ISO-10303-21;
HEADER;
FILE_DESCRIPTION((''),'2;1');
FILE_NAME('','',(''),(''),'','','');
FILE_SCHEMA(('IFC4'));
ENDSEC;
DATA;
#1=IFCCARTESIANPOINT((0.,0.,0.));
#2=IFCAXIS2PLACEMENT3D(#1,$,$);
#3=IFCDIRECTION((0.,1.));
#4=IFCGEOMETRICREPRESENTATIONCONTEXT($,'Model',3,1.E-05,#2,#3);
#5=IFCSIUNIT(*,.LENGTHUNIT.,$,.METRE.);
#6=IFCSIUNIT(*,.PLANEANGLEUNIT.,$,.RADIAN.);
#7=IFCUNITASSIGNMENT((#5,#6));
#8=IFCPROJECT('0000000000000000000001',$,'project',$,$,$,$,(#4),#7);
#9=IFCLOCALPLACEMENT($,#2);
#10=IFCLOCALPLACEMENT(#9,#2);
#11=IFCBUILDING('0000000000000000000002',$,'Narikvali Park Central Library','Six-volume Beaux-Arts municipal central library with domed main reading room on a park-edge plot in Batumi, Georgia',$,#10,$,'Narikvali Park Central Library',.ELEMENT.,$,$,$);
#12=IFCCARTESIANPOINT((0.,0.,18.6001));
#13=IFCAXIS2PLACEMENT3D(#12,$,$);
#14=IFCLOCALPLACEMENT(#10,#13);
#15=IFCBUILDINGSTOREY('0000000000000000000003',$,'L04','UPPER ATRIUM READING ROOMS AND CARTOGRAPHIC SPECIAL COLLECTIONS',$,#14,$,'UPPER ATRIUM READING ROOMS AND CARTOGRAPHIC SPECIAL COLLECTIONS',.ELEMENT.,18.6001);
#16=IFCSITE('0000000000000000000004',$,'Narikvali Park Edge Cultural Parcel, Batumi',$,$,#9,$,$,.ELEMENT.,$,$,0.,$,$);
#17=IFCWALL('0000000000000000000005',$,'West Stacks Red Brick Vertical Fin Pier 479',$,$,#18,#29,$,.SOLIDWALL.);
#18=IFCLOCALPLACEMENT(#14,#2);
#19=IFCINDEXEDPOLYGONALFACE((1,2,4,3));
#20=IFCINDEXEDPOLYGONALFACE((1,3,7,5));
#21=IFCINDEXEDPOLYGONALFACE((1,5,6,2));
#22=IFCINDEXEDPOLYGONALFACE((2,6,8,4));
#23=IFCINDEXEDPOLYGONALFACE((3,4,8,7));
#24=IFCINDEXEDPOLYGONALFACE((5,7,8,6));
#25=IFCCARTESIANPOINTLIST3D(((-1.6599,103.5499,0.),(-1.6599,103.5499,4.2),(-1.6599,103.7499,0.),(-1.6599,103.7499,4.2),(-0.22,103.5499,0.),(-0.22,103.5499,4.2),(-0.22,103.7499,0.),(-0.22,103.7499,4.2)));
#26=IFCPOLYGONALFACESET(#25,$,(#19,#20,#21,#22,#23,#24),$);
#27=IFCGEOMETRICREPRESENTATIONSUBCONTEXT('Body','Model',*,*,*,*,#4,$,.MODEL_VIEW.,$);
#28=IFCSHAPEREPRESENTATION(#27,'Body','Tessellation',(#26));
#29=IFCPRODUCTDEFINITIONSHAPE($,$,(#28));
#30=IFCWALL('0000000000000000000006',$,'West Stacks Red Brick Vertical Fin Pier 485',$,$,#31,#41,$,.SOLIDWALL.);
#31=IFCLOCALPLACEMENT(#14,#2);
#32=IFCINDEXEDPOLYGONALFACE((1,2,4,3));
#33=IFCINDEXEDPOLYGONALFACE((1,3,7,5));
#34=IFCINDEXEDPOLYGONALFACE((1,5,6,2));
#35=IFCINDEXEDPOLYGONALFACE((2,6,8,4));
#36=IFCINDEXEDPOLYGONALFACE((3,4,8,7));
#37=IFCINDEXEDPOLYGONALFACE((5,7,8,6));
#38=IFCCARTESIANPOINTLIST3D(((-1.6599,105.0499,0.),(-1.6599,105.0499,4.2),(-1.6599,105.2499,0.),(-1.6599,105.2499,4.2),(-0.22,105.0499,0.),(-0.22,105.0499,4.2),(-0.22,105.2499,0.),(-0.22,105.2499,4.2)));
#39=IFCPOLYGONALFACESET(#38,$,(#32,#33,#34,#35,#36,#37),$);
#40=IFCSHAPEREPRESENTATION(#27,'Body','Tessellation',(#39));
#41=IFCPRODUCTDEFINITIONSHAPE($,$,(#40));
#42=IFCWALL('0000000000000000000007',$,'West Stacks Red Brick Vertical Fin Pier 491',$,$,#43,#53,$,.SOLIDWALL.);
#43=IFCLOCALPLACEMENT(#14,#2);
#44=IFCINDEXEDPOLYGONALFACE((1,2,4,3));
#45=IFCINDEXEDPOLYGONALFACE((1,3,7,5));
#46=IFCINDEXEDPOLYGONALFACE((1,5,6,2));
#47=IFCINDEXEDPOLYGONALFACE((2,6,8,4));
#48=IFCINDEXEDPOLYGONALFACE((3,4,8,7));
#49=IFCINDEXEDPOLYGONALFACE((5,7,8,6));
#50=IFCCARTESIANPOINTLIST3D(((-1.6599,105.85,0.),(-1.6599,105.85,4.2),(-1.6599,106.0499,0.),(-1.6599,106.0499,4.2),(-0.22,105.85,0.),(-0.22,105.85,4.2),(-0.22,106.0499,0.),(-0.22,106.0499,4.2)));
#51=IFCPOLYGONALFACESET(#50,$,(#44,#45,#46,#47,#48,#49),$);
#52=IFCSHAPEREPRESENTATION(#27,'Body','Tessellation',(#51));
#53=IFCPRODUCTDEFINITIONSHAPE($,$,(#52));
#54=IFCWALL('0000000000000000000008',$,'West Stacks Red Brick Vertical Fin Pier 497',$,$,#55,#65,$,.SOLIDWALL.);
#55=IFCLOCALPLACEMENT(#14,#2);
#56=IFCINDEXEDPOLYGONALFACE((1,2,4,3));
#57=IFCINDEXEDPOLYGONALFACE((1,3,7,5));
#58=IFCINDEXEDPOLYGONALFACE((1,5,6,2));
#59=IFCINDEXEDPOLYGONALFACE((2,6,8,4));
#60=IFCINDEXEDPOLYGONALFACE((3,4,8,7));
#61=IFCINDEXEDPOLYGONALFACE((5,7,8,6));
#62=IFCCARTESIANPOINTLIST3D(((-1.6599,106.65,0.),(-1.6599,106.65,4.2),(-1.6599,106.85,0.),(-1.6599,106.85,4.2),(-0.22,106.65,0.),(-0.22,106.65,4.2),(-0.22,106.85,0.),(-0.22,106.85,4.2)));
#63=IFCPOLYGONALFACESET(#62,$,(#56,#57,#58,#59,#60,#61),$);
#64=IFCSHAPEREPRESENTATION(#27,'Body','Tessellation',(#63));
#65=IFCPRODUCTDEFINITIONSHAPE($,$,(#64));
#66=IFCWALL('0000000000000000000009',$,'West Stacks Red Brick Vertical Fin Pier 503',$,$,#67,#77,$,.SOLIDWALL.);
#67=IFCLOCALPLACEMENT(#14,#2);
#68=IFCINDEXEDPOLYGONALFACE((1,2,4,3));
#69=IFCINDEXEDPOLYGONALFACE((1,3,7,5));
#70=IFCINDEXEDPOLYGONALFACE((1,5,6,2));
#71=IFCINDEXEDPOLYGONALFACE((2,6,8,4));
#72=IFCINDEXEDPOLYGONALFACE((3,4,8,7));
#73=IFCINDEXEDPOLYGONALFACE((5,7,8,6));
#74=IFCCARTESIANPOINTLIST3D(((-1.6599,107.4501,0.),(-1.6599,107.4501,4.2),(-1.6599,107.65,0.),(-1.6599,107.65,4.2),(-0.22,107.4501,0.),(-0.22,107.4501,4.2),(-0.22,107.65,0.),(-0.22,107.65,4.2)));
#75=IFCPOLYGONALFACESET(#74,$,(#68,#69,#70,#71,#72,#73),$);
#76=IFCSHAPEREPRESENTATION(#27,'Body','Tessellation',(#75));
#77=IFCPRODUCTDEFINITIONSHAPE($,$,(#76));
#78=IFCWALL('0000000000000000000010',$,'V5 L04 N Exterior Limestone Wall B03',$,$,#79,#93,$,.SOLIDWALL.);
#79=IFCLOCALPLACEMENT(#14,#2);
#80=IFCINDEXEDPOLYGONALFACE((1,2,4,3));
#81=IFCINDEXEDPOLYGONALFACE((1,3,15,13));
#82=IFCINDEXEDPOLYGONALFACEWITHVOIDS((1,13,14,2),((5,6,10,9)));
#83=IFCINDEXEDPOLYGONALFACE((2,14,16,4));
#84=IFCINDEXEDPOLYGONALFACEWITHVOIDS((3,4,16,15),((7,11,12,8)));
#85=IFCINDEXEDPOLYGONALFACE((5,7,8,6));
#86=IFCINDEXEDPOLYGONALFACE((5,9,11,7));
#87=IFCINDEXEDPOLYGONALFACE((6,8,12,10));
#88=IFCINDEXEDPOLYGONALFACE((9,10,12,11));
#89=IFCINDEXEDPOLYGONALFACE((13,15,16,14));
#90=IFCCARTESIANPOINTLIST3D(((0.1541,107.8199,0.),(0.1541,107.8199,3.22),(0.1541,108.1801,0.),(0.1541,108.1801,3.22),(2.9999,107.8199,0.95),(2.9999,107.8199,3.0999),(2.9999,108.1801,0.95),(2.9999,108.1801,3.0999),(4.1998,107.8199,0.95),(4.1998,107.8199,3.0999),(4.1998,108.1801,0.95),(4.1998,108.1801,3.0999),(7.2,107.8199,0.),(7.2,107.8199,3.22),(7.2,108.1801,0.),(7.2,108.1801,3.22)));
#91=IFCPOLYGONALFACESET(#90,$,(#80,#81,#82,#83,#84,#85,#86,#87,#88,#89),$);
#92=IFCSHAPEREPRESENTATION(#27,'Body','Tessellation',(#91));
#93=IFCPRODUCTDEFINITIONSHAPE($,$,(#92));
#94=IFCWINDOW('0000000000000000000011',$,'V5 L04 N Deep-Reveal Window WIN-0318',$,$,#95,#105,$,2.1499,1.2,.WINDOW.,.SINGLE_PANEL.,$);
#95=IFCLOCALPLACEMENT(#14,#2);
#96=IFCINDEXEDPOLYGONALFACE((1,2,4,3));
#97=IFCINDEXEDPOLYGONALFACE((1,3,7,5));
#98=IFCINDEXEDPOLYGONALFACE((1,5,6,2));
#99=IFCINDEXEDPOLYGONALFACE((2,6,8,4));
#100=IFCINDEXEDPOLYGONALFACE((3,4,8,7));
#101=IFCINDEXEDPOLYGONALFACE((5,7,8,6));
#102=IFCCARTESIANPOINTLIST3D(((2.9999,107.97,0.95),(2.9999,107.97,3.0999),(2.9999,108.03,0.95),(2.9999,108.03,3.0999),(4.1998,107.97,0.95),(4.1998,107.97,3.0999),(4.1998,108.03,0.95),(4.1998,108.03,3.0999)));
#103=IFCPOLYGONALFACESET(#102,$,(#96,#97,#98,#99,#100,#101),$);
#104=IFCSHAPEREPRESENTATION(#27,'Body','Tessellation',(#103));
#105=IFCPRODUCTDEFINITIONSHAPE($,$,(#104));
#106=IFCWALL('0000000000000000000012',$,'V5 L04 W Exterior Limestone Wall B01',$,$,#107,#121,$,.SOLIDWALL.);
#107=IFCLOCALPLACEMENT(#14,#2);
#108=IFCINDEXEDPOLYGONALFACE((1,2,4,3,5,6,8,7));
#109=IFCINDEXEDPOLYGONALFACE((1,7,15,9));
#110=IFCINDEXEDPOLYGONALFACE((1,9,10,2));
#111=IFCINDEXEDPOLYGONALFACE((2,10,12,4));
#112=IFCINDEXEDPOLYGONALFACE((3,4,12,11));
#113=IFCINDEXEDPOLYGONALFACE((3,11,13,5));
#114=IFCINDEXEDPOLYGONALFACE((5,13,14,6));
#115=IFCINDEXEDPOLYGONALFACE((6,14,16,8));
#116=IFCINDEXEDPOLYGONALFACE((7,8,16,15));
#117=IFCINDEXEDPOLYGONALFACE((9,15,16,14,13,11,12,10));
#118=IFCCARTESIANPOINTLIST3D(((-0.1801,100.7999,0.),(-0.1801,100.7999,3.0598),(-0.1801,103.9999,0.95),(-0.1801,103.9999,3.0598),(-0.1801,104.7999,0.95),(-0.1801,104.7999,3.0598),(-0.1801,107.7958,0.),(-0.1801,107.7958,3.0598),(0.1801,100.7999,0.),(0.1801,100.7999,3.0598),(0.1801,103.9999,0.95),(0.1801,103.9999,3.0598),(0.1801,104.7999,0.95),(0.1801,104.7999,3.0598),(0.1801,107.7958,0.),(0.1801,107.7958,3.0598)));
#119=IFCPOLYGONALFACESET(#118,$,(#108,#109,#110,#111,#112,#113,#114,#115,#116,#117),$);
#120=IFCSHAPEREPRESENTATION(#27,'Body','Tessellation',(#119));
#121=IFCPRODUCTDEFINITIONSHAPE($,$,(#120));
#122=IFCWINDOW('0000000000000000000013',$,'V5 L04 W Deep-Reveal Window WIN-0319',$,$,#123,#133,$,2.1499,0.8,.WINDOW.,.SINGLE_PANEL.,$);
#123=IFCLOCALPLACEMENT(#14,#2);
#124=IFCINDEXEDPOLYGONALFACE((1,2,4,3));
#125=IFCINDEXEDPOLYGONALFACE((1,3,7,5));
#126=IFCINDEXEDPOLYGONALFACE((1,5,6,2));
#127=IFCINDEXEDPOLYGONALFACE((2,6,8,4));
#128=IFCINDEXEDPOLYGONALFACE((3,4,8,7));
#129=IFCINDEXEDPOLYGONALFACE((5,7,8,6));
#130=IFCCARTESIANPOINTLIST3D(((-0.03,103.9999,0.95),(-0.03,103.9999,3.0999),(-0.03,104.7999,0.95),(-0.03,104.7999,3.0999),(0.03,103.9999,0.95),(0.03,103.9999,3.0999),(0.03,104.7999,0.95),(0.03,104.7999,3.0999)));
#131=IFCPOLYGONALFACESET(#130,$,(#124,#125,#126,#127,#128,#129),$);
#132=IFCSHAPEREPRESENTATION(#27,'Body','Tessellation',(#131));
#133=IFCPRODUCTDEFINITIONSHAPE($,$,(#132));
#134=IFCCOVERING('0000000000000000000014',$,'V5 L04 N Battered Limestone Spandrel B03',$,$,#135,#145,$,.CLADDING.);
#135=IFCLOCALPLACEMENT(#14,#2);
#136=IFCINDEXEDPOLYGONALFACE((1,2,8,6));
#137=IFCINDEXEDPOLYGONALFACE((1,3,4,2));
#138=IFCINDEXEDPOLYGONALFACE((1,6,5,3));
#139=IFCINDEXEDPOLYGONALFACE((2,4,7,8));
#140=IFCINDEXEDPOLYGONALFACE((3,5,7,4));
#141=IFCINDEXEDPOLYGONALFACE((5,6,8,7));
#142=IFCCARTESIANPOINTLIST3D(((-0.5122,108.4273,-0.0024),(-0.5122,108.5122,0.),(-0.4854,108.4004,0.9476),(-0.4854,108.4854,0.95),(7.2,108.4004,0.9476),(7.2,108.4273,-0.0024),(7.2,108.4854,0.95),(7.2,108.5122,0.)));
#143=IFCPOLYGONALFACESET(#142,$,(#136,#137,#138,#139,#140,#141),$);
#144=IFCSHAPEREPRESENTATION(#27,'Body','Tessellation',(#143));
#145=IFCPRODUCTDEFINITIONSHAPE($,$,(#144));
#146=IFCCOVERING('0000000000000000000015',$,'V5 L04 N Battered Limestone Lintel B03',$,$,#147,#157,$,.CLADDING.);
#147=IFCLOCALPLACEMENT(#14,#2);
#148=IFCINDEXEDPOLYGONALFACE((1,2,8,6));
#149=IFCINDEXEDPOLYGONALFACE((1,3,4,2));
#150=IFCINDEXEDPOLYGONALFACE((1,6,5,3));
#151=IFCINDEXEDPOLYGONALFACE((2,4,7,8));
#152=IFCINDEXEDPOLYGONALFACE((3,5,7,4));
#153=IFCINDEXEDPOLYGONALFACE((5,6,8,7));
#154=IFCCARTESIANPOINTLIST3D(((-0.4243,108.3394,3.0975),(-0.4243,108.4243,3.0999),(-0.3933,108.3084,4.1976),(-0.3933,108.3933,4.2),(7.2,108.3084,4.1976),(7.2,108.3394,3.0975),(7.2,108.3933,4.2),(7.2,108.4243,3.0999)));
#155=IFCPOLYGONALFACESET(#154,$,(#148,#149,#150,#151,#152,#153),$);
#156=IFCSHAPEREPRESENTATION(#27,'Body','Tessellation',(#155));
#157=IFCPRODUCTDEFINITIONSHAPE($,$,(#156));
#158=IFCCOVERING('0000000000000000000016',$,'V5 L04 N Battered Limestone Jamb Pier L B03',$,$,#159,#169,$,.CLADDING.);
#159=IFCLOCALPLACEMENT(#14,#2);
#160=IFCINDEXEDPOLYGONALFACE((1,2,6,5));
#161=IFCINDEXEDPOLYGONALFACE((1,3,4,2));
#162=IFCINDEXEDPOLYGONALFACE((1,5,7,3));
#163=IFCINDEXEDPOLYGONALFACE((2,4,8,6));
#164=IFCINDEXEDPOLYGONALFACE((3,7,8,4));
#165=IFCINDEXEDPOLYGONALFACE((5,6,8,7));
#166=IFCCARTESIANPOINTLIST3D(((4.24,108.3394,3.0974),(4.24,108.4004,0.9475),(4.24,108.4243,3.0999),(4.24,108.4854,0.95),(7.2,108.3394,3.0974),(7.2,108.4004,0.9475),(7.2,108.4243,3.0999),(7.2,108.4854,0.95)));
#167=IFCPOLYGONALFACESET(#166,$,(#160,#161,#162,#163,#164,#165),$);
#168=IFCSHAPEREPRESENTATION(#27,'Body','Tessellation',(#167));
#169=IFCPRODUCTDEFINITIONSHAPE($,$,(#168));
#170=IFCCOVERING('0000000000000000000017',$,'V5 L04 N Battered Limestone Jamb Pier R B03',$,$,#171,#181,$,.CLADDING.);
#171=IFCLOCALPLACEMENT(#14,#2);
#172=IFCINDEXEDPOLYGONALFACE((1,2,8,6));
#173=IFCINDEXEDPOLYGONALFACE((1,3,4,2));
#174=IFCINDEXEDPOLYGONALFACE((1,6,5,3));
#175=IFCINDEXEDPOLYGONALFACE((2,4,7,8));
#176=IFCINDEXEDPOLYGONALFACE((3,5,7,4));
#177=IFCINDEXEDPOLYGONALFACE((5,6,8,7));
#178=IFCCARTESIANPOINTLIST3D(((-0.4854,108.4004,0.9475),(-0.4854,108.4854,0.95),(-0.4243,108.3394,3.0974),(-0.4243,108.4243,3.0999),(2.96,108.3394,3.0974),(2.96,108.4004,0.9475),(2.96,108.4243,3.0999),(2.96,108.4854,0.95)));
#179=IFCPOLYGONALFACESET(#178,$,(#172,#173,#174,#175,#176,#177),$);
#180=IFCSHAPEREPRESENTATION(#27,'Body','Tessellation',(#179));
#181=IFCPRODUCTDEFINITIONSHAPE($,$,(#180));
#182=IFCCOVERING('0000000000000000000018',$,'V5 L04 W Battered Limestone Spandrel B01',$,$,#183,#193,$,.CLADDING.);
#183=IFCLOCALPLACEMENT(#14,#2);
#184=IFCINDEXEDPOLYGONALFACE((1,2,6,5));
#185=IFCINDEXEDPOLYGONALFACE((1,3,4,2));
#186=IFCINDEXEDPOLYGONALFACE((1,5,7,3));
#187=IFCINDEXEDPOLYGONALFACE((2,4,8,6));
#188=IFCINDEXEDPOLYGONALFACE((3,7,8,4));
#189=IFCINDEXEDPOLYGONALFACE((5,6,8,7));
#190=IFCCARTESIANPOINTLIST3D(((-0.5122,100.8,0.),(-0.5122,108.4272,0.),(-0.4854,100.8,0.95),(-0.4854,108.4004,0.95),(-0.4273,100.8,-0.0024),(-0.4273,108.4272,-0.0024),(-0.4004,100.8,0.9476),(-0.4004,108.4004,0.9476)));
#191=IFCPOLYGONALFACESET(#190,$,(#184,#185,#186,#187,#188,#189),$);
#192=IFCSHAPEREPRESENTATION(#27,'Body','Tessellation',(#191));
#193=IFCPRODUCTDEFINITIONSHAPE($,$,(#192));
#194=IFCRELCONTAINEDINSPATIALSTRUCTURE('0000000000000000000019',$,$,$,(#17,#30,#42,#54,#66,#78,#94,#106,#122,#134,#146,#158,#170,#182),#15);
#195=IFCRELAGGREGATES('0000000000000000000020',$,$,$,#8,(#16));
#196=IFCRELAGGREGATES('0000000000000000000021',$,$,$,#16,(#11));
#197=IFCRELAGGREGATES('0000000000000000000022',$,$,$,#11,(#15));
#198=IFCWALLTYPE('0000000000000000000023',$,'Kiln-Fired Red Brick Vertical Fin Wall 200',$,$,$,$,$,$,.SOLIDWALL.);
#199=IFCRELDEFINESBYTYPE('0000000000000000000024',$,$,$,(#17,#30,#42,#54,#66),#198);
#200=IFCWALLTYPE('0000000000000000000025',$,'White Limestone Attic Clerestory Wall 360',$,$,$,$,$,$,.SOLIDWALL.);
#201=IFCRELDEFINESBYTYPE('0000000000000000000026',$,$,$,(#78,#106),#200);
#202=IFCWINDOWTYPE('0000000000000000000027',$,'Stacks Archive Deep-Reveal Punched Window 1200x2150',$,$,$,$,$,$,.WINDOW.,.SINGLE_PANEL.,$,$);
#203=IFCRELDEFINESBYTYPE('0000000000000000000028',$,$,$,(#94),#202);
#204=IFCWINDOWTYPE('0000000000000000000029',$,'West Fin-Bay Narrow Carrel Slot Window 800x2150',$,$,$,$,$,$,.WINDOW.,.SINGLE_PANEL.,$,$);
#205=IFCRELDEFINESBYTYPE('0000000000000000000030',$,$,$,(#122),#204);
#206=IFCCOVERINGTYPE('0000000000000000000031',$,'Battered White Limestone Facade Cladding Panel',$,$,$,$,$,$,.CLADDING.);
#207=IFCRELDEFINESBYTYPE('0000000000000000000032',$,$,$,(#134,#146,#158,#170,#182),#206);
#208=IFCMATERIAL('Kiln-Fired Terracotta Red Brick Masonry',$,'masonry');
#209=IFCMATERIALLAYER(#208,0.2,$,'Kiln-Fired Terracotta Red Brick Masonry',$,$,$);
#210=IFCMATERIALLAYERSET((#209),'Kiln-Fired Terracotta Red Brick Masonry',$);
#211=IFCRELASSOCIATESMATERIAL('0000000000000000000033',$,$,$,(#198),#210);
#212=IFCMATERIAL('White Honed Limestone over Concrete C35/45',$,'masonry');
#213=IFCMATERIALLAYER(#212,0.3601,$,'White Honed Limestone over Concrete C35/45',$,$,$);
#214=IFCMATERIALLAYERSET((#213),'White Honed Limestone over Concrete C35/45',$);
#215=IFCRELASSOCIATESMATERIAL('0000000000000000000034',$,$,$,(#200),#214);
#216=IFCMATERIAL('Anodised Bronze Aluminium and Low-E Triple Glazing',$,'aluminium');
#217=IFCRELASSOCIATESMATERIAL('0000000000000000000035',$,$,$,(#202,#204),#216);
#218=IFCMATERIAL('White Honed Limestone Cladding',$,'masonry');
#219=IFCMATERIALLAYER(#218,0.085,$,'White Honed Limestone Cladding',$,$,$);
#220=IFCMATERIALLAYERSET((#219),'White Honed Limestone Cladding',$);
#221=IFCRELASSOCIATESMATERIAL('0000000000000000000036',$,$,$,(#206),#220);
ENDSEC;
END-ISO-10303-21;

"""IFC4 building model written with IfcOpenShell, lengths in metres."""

from ifc_helpers import new_model, si_unit, direction, frame, frame_2d, origin, place, context, subcontext, project, spatial, polyline, rectangle, outline, extrude, material, layer, layer_set, type_object, element, fill, save


model = new_model("IFC4")

# Units and contexts
model_context = context("Model", 3, precision=1e-05, world=origin(), true_north=direction((0.0, 1.0)))
body_context = subcontext(model_context, "Body", "Model", "MODEL_VIEW")
ifc_project = project(units=[si_unit("LENGTHUNIT", "METRE"), si_unit("PLANEANGLEUNIT", "RADIAN")], contexts=[model_context])

# Site, building, storey
site_placement = place(None, origin())
site = spatial("IfcSite", under=ifc_project, at=site_placement, Name="Narikvali Park Edge Cultural Parcel, Batumi", CompositionType="ELEMENT", RefElevation=0.0)
building_placement = place(site_placement, origin())
building = spatial("IfcBuilding", under=site, at=building_placement, Name="Narikvali Park Central Library", Description="Six-volume Beaux-Arts municipal central library with domed main reading room on a park-edge plot in Batumi, Georgia", LongName="Narikvali Park Central Library", CompositionType="ELEMENT")
storey_placement = place(building_placement, frame((0.0, 0.0, 18.6001)))
storey = spatial("IfcBuildingStorey", under=building, at=storey_placement, Name="L04", Description="UPPER ATRIUM READING ROOMS AND CARTOGRAPHIC SPECIAL COLLECTIONS", LongName="UPPER ATRIUM READING ROOMS AND CARTOGRAPHIC SPECIAL COLLECTIONS", CompositionType="ELEMENT", Elevation=18.6001)

# Walls
ifc_material_1 = material(Name="Kiln-Fired Terracotta Red Brick Masonry", Category="masonry")
ifc_layer_1 = layer(ifc_material_1, 0.2, Name="Kiln-Fired Terracotta Red Brick Masonry")
ifc_layer_set_1 = layer_set([ifc_layer_1], Name="Kiln-Fired Terracotta Red Brick Masonry")
wall_type_1 = type_object("IfcWallType", Name="Kiln-Fired Red Brick Vertical Fin Wall 200", PredefinedType="SOLIDWALL", material=ifc_layer_set_1)
for number, where, z_axis, x_axis, name in (
    (1, (-1.6599, 103.6499, 0.0), (0.0, 0.0, 1.0), (1.0, 0.0, 0.0), "West Stacks Red Brick Vertical Fin Pier 479"),
    (2, (-1.6599, 105.1499, 0.0), (0.0, 0.0, 1.0), (1.0, 0.0, 0.0), "West Stacks Red Brick Vertical Fin Pier 485"),
    (3, (-1.6599, 105.95, 0.0), (0.0, 0.0, 1.0), (1.0, 0.0, 0.0), "West Stacks Red Brick Vertical Fin Pier 491"),
    (4, (-1.6599, 106.75, 0.0), (0.0, 0.0, 1.0), (1.0, 0.0, 0.0), "West Stacks Red Brick Vertical Fin Pier 497"),
    (5, (-1.6599, 107.55, 0.0), (0.0, 0.0, 1.0), (1.0, 0.0, 0.0), "West Stacks Red Brick Vertical Fin Pier 503"),
):
    element("IfcWall", number, at=place(storey_placement, frame(where, z_axis=z_axis, x_axis=x_axis)), inside=storey, type_object=wall_type_1, Name=name, PredefinedType="SOLIDWALL", context=body_context, shape_type="SweptSolid", body=[
        extrude(rectangle(XDim=1.4399, YDim=0.2, at=frame_2d((0.72, 0.0))), origin(), (0.0, 0.0, 1.0), 4.2),
    ])

# Walls, openings, windows
ifc_material_2 = material(Name="White Honed Limestone over Concrete C35/45", Category="masonry")
ifc_layer_2 = layer(ifc_material_2, 0.3601, Name="White Honed Limestone over Concrete C35/45")
ifc_layer_set_2 = layer_set([ifc_layer_2], Name="White Honed Limestone over Concrete C35/45")
wall_type_2 = type_object("IfcWallType", Name="White Limestone Attic Clerestory Wall 360", PredefinedType="SOLIDWALL", material=ifc_layer_set_2)
wall_1_placement = place(storey_placement, frame((7.2, 108.0, 0.0), z_axis=(0.0, 0.0, 1.0), x_axis=(-1.0, 0.0, 0.0)))
wall_1 = element("IfcWall", 6, at=wall_1_placement, inside=storey, type_object=wall_type_2, Name="V5 L04 N Exterior Limestone Wall B03", PredefinedType="SOLIDWALL", context=body_context, shape_type="SweptSolid", body=[
    extrude(rectangle(XDim=7.0459, YDim=0.3601, at=frame_2d((3.5229, 0.0))), origin(), (0.0, 0.0, 1.0), 3.22),
])
opening_1_placement = place(wall_1_placement, frame((3.0, 0.0, 0.95)))
opening_1 = element("IfcOpeningElement", 7, at=opening_1_placement, cuts=wall_1, PredefinedType="OPENING", context=body_context, shape_type="SweptSolid", body=[
    extrude(rectangle(XDim=1.2, YDim=2.1499, at=frame_2d((0.6001, 1.075))), frame((0.0, 0.1919, 0.0), z_axis=(0.0, -1.0, 0.0), x_axis=(1.0, 0.0, 0.0)), (0.0, 0.0, 1.0), 0.384),
])
ifc_material_3 = material(Name="Anodised Bronze Aluminium and Low-E Triple Glazing", Category="aluminium")
window_type_1 = type_object("IfcWindowType", Name="Stacks Archive Deep-Reveal Punched Window 1200x2150", PartitioningType="SINGLE_PANEL", PredefinedType="WINDOW", material=ifc_material_3)
window_1_placement = place(opening_1_placement, origin())
window_1 = element("IfcWindow", 8, at=window_1_placement, inside=storey, type_object=window_type_1, Name="V5 L04 N Deep-Reveal Window WIN-0318", OverallHeight=2.1499, OverallWidth=1.2, PartitioningType="SINGLE_PANEL", PredefinedType="WINDOW", context=body_context, shape_type="SweptSolid", body=[
    extrude(rectangle(XDim=1.2, YDim=2.1499, at=frame_2d((0.6001, 1.075))), frame((0.0, 0.03, 0.0), z_axis=(0.0, -1.0, 0.0), x_axis=(1.0, 0.0, 0.0)), (0.0, 0.0, 1.0), 0.0601),
])
fill(opening_1, window_1)
wall_2_placement = place(storey_placement, frame((0.0, 107.7959, 0.0), z_axis=(0.0, 0.0, 1.0), x_axis=(0.0, -1.0, 0.0)))
wall_2 = element("IfcWall", 9, at=wall_2_placement, inside=storey, type_object=wall_type_2, Name="V5 L04 W Exterior Limestone Wall B01", PredefinedType="SOLIDWALL", context=body_context, shape_type="SweptSolid", body=[
    extrude(rectangle(XDim=6.9958, YDim=0.3601, at=frame_2d((3.498, 0.0))), origin(), (0.0, 0.0, 1.0), 3.0598),
])
opening_2_placement = place(wall_2_placement, frame((2.9961, 0.0, 0.95)))
opening_2 = element("IfcOpeningElement", 10, at=opening_2_placement, cuts=wall_2, PredefinedType="OPENING", context=body_context, shape_type="SweptSolid", body=[
    extrude(rectangle(XDim=0.8, YDim=2.1499, at=frame_2d((0.3999, 1.075))), frame((0.0, 0.1919, 0.0), z_axis=(0.0, -1.0, 0.0), x_axis=(1.0, 0.0, 0.0)), (0.0, 0.0, 1.0), 0.384),
])
window_type_2 = type_object("IfcWindowType", Name="West Fin-Bay Narrow Carrel Slot Window 800x2150", PartitioningType="SINGLE_PANEL", PredefinedType="WINDOW", material=ifc_material_3)
window_2_placement = place(opening_2_placement, origin())
window_2 = element("IfcWindow", 11, at=window_2_placement, inside=storey, type_object=window_type_2, Name="V5 L04 W Deep-Reveal Window WIN-0319", OverallHeight=2.1499, OverallWidth=0.8, PartitioningType="SINGLE_PANEL", PredefinedType="WINDOW", context=body_context, shape_type="SweptSolid", body=[
    extrude(rectangle(XDim=0.8, YDim=2.1499, at=frame_2d((0.3999, 1.075))), frame((0.0, 0.03, 0.0), z_axis=(0.0, -1.0, 0.0), x_axis=(1.0, 0.0, 0.0)), (0.0, 0.0, 1.0), 0.0601),
])
fill(opening_2, window_2)

# Coverings
ifc_material_4 = material(Name="White Honed Limestone Cladding", Category="masonry")
ifc_layer_3 = layer(ifc_material_4, 0.085, Name="White Honed Limestone Cladding")
ifc_layer_set_3 = layer_set([ifc_layer_3], Name="White Honed Limestone Cladding")
covering_type = type_object("IfcCoveringType", Name="Battered White Limestone Facade Cladding Panel", PredefinedType="CLADDING", material=ifc_layer_set_3)
covering_1_placement = place(storey_placement, frame((7.2, 108.5122, 0.0), z_axis=(0.0, 0.999601, 0.028259), x_axis=(-1.0, 0.0, 0.0)))
element("IfcCovering", 12, at=covering_1_placement, inside=storey, type_object=covering_type, Name="V5 L04 N Battered Limestone Spandrel B03", PredefinedType="CLADDING", context=body_context, shape_type="SweptSolid", body=[
    extrude(outline(polyline([(0.0, 0.0), (7.7122, 0.0), (7.6853, 0.9503), (0.0, 0.9503), (0.0, 0.0)])), origin(), (0.0, 0.0, -1.0), 0.085),
])
covering_2_placement = place(storey_placement, frame((7.2, 108.4243, 3.0999), z_axis=(0.0, 0.999603, 0.028173), x_axis=(-1.0, 0.0, 0.0)))
element("IfcCovering", 13, at=covering_2_placement, inside=storey, type_object=covering_type, Name="V5 L04 N Battered Limestone Lintel B03", PredefinedType="CLADDING", context=body_context, shape_type="SweptSolid", body=[
    extrude(outline(polyline([(0.0, 0.0), (7.6243, 0.0), (7.5933, 1.1005), (0.0, 1.1005), (0.0, 0.0)])), origin(), (0.0, 0.0, -1.0), 0.085),
])
covering_3_placement = place(storey_placement, frame((7.2, 108.4854, 0.95), z_axis=(0.0, 0.999597, 0.028378), x_axis=(-1.0, 0.0, 0.0)))
element("IfcCovering", 14, at=covering_3_placement, inside=storey, type_object=covering_type, Name="V5 L04 N Battered Limestone Jamb Pier L B03", PredefinedType="CLADDING", context=body_context, shape_type="SweptSolid", body=[
    extrude(outline(polyline([(0.0, 0.0), (2.96, 0.0), (2.96, 2.1508), (0.0, 2.1508), (0.0, 0.0)])), origin(), (0.0, 0.0, -1.0), 0.085),
])
covering_4_placement = place(storey_placement, frame((2.96, 108.4854, 0.95), z_axis=(0.0, 0.999597, 0.028378), x_axis=(-1.0, 0.0, 0.0)))
element("IfcCovering", 15, at=covering_4_placement, inside=storey, type_object=covering_type, Name="V5 L04 N Battered Limestone Jamb Pier R B03", PredefinedType="CLADDING", context=body_context, shape_type="SweptSolid", body=[
    extrude(outline(polyline([(0.0, 0.0), (3.4453, 0.0), (3.3843, 2.1508), (0.0, 2.1508), (0.0, 0.0)])), origin(), (0.0, 0.0, -1.0), 0.085),
])
covering_5_placement = place(storey_placement, frame((-0.5122, 108.4272, 0.0), z_axis=(-0.999601, 0.0, 0.028259), x_axis=(0.0, -1.0, 0.0)))
element("IfcCovering", 16, at=covering_5_placement, inside=storey, type_object=covering_type, Name="V5 L04 W Battered Limestone Spandrel B01", PredefinedType="CLADDING", context=body_context, shape_type="SweptSolid", body=[
    extrude(outline(polyline([(0.0, 0.0), (7.6272, 0.0), (7.6272, 0.9503), (0.0269, 0.9503), (0.0, 0.0)])), origin(), (0.0, 0.0, -1.0), 0.085),
])

save(model, "model.ifc")
